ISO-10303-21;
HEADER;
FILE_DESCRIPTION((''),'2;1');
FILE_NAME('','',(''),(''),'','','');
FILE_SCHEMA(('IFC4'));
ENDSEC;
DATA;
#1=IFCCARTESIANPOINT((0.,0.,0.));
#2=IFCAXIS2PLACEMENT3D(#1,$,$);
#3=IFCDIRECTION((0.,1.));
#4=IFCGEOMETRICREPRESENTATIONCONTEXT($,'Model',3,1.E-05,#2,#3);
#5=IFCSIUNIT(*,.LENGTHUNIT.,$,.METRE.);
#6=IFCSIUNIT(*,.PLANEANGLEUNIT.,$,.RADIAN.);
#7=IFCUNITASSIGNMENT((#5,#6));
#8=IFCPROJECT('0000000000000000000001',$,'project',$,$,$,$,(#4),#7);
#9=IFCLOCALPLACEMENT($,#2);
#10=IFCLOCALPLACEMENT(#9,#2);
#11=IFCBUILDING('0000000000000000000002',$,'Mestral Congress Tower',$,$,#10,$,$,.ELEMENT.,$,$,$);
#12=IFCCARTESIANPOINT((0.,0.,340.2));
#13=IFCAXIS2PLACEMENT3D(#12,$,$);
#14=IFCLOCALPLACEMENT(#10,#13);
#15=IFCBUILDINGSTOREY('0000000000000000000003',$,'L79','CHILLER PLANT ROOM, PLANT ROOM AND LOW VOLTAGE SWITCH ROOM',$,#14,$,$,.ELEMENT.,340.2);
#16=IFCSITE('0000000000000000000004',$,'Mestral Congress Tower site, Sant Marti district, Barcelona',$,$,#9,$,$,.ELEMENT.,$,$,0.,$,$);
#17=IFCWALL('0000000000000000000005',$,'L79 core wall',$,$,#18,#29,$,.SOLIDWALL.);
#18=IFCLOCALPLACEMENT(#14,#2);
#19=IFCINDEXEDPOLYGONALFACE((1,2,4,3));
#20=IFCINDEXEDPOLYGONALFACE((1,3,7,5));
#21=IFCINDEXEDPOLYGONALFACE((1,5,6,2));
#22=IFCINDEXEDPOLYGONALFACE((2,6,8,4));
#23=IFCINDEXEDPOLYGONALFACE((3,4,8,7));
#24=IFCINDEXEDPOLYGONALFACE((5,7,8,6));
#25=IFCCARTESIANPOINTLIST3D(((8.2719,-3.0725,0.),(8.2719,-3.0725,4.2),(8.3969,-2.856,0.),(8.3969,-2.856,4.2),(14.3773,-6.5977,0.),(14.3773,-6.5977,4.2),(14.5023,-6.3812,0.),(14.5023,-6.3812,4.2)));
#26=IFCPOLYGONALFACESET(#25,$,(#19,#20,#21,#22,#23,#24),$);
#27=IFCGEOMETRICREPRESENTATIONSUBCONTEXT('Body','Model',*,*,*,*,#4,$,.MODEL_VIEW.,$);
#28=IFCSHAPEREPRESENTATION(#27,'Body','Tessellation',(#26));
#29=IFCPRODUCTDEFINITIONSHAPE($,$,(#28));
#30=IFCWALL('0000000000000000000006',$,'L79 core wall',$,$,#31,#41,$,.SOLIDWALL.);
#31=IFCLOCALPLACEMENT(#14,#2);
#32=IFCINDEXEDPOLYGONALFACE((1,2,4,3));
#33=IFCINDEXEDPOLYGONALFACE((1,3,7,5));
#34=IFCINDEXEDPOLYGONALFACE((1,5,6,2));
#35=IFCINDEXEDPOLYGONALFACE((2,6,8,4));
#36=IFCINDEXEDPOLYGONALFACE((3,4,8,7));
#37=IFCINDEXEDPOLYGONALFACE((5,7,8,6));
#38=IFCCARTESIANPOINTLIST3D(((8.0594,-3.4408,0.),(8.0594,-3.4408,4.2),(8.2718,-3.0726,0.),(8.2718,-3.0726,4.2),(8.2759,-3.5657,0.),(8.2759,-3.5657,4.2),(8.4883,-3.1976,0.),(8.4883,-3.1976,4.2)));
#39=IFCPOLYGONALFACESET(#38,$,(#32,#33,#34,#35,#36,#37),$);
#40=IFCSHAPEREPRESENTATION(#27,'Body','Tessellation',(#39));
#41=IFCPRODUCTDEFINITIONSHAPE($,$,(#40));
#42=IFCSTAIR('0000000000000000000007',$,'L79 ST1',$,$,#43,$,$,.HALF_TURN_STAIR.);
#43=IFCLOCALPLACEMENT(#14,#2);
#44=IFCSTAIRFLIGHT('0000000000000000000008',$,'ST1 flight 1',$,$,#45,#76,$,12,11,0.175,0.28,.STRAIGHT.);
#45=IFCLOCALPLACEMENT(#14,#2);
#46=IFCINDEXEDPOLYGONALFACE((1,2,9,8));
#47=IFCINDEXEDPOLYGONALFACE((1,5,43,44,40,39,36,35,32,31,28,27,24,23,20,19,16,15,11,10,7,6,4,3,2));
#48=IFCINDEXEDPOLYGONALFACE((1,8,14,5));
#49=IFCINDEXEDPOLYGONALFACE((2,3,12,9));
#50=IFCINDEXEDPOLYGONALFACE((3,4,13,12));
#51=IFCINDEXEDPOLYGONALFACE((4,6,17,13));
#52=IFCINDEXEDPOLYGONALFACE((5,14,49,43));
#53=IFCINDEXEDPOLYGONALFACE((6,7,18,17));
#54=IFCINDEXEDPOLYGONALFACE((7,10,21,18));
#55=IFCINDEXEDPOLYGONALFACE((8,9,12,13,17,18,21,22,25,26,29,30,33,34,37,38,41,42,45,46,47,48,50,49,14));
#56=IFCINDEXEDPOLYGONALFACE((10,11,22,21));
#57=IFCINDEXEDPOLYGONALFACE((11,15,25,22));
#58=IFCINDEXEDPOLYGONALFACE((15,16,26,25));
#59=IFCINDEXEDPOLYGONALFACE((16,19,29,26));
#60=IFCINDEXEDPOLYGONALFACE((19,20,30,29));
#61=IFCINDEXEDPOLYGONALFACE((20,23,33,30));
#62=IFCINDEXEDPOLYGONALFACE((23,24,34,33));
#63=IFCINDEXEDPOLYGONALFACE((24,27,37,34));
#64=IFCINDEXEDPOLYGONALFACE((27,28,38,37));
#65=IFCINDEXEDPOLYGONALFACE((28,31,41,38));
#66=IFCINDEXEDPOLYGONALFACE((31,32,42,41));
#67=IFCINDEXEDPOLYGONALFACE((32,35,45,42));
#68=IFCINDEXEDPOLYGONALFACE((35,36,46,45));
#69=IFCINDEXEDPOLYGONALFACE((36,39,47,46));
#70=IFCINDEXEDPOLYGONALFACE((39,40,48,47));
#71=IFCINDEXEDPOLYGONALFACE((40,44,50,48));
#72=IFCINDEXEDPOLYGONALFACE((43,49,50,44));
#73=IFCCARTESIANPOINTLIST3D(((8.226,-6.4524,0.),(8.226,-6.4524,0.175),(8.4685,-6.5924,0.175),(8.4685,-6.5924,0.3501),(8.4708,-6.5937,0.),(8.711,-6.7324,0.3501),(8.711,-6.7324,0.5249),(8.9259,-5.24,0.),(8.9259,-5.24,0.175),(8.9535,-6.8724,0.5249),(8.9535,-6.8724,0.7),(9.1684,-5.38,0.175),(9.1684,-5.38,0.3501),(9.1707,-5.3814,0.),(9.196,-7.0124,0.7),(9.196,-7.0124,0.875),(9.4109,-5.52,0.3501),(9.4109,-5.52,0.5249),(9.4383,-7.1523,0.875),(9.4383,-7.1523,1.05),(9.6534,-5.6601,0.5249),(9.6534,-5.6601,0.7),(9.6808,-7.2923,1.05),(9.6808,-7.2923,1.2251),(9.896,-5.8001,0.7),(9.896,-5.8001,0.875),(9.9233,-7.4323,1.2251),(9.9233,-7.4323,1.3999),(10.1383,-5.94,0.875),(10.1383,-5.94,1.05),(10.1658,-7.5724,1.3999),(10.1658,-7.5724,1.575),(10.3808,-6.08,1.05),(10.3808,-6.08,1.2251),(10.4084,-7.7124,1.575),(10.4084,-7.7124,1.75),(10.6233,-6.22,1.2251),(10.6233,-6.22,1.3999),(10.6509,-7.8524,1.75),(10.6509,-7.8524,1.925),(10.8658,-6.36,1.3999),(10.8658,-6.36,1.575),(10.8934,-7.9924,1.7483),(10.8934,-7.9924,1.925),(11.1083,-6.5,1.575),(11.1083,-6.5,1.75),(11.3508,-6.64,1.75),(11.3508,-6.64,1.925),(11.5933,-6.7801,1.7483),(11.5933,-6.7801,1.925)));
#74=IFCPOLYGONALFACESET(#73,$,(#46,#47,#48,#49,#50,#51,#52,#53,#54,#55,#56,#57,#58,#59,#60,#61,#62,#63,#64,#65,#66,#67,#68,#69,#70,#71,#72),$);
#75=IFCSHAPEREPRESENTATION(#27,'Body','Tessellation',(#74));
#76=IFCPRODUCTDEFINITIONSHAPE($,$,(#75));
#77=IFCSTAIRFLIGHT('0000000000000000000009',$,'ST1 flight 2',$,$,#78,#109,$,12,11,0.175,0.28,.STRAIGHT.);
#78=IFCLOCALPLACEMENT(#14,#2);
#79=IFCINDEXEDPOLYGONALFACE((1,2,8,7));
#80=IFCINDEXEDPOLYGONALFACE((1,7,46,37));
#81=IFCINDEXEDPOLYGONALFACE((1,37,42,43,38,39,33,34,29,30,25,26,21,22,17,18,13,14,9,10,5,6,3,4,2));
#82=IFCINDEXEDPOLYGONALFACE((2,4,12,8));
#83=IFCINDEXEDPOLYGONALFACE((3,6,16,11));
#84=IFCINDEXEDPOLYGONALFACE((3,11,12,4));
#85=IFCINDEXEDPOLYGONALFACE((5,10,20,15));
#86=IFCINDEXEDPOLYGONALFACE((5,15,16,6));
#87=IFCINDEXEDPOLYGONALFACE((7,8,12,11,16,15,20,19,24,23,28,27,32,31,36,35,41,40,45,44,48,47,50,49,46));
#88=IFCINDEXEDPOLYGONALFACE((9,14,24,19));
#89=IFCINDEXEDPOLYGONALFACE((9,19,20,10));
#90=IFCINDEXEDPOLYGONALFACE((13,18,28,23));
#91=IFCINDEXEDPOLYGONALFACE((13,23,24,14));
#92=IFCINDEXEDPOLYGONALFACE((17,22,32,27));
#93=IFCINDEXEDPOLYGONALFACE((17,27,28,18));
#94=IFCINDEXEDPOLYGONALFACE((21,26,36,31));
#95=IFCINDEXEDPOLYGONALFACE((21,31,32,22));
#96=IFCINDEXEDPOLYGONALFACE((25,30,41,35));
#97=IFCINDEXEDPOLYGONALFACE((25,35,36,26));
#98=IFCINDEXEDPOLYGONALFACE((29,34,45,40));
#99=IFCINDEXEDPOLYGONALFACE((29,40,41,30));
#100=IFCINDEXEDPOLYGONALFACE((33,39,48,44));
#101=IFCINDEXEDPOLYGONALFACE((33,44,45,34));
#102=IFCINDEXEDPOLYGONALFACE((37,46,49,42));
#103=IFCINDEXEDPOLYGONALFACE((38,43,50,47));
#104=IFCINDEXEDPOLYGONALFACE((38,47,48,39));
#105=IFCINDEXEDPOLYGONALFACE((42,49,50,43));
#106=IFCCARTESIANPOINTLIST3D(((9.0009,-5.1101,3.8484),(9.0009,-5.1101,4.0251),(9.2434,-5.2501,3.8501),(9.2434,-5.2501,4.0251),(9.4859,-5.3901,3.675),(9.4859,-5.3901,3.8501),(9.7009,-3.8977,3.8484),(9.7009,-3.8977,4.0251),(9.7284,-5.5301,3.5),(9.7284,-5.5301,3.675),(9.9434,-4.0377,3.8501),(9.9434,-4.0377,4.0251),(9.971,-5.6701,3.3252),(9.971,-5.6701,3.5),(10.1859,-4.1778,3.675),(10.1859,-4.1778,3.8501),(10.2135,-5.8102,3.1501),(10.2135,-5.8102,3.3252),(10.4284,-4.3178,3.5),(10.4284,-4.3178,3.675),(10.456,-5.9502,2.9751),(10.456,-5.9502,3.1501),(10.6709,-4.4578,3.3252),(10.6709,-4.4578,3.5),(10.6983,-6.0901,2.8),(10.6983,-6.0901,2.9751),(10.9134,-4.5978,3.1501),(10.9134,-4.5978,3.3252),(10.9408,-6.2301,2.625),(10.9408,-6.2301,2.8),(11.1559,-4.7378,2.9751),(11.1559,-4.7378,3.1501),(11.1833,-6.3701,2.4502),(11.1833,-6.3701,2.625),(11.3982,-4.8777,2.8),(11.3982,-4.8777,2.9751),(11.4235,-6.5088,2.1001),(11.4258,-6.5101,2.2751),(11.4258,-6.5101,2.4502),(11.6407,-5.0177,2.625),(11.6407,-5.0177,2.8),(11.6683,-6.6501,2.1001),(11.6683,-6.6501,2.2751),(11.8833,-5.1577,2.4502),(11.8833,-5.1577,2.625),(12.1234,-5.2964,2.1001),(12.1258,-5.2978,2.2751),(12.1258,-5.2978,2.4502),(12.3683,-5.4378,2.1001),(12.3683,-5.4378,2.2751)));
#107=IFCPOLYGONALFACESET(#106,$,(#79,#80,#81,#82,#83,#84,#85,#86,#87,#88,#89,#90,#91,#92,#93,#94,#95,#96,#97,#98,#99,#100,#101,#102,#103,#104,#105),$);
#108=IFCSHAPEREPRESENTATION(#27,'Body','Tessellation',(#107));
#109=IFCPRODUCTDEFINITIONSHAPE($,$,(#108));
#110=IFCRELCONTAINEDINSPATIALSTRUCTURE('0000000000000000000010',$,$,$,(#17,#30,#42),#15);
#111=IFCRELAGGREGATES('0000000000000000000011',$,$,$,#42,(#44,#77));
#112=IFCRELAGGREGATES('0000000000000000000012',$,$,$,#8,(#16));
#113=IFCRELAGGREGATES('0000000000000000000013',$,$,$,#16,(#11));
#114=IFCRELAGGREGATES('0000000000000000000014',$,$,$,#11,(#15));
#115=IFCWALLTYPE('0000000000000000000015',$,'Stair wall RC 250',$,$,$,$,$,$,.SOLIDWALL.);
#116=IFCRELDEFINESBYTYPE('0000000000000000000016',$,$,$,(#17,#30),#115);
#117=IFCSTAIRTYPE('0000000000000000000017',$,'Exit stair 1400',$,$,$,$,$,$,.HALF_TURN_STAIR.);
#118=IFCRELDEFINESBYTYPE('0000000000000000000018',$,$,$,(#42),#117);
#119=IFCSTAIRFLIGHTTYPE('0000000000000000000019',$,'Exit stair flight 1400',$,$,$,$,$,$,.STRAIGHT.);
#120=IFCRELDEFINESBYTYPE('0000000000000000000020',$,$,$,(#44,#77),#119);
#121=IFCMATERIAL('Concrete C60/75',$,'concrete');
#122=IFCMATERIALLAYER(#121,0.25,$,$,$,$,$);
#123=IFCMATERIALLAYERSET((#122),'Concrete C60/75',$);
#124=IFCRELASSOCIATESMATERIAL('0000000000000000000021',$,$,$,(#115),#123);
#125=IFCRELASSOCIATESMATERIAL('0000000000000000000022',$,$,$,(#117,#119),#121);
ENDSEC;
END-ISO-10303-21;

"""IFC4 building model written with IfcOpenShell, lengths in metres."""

from ifc_helpers import new_model, si_unit, direction, frame, frame_2d, origin, place, context, subcontext, project, spatial, polyline, rectangle, outline, extrude, material, layer, layer_set, type_object, element, aggregate, save


model = new_model("IFC4")

# Units and contexts
model_context = context("Model", 3, precision=1e-05, world=origin(), true_north=direction((0.0, 1.0)))
body_context = subcontext(model_context, "Body", "Model", "MODEL_VIEW")
ifc_project = project(units=[si_unit("LENGTHUNIT", "METRE"), si_unit("PLANEANGLEUNIT", "RADIAN")], contexts=[model_context])

# Site, building, storey
site_placement = place(None, origin())
site = spatial("IfcSite", under=ifc_project, at=site_placement, Name="Mestral Congress Tower site, Sant Marti district, Barcelona", CompositionType="ELEMENT", RefElevation=0.0)
building_placement = place(site_placement, origin())
building = spatial("IfcBuilding", under=site, at=building_placement, Name="Mestral Congress Tower", CompositionType="ELEMENT")
storey_placement = place(building_placement, frame((0.0, 0.0, 340.2)))
storey = spatial("IfcBuildingStorey", under=building, at=storey_placement, Name="L79", Description="CHILLER PLANT ROOM, PLANT ROOM AND LOW VOLTAGE SWITCH ROOM", CompositionType="ELEMENT", Elevation=340.2)

# Shared definitions
ifc_material_1 = material(Name="Concrete C60/75", Category="concrete")

# Walls
ifc_layer_1 = layer(ifc_material_1, 0.25)
ifc_layer_set_1 = layer_set([ifc_layer_1], Name="Concrete C60/75")
wall_type_1 = type_object("IfcWallType", Name="Stair wall RC 250", PredefinedType="SOLIDWALL", material=ifc_layer_set_1)
wall_1_placement = place(storey_placement, frame((8.3345, -2.9644, 0.0), z_axis=(0.0, 0.0, 1.0), x_axis=(0.866016, -0.500016, 0.0)))
element("IfcWall", 1, at=wall_1_placement, inside=storey, type_object=wall_type_1, Name="L79 core wall", PredefinedType="SOLIDWALL", context=body_context, shape_type="SweptSolid", body=[
    extrude(rectangle(XDim=7.05, YDim=0.25, at=frame_2d((3.5249, 0.0))), origin(), (0.0, 0.0, 1.0), 4.2),
])
wall_2_placement = place(storey_placement, frame((8.1677, -3.5032, 0.0), z_axis=(0.0, 0.0, 1.0), x_axis=(0.499722, 0.866186, 0.0)))
element("IfcWall", 2, at=wall_2_placement, inside=storey, type_object=wall_type_1, Name="L79 core wall", PredefinedType="SOLIDWALL", context=body_context, shape_type="SweptSolid", body=[
    extrude(rectangle(XDim=0.425, YDim=0.25, at=frame_2d((0.2124, 0.0))), origin(), (0.0, 0.0, 1.0), 4.2),
])

# Stair, stair flights
stair_type = type_object("IfcStairType", Name="Exit stair 1400", PredefinedType="HALF_TURN_STAIR", material=ifc_material_1)
stair_placement = place(storey_placement, origin())
stair = element("IfcStair", 3, at=stair_placement, inside=storey, type_object=stair_type, Name="L79 ST1", PredefinedType="HALF_TURN_STAIR")
stair_flight_type = type_object("IfcStairFlightType", Name="Exit stair flight 1400", PredefinedType="STRAIGHT", material=ifc_material_1)
stair_flight_1_placement = place(storey_placement, frame((8.5759, -5.8462, 0.0), z_axis=(0.0, 0.0, 1.0), x_axis=(0.866025, -0.5, 0.0)))
stair_flight_1 = element("IfcStairFlight", 4, at=stair_flight_1_placement, type_object=stair_flight_type, Name="ST1 flight 1", NumberOfRisers=12, NumberOfTreads=11, PredefinedType="STRAIGHT", RiserHeight=0.175, TreadLength=0.28, context=body_context, shape_type="SweptSolid", body=[
    extrude(outline(polyline([(0.0, 0.0), (0.0, 0.175), (0.28, 0.175), (0.28, 0.3501), (0.5601, 0.3501), (0.5601, 0.5249), (0.8401, 0.5249), (0.8401, 0.7), (1.1201, 0.7), (1.1201, 0.875), (1.3999, 0.875), (1.3999, 1.05), (1.6799, 1.05), (1.6799, 1.2251), (1.96, 1.2251), (1.96, 1.3999), (2.24, 1.3999), (2.24, 1.575), (2.52, 1.575), (2.52, 1.75), (2.8, 1.75), (2.8, 1.925), (3.0801, 1.925), (3.0801, 2.1001), (3.0801, 1.7483), (0.2827, 0.0), (0.0, 0.0)])), frame((0.0, 0.7, 0.0), z_axis=(0.0, -1.0, 0.0), x_axis=(1.0, 0.0, 0.0)), (0.0, 0.0, 1.0), 1.3999),
])
stair_flight_2_placement = place(storey_placement, frame((12.0183, -6.0439, 2.1001), z_axis=(0.0, 0.0, 1.0), x_axis=(-0.866025, 0.5, 0.0)))
stair_flight_2 = element("IfcStairFlight", 5, at=stair_flight_2_placement, type_object=stair_flight_type, Name="ST1 flight 2", NumberOfRisers=12, NumberOfTreads=11, PredefinedType="STRAIGHT", RiserHeight=0.175, TreadLength=0.28, context=body_context, shape_type="SweptSolid", body=[
    extrude(outline(polyline([(0.0, 0.0), (0.0, 0.175), (0.28, 0.175), (0.28, 0.3501), (0.5601, 0.3501), (0.5601, 0.5249), (0.8401, 0.5249), (0.8401, 0.7), (1.1201, 0.7), (1.1201, 0.875), (1.3999, 0.875), (1.3999, 1.05), (1.6799, 1.05), (1.6799, 1.2251), (1.96, 1.2251), (1.96, 1.3999), (2.24, 1.3999), (2.24, 1.575), (2.52, 1.575), (2.52, 1.75), (2.8, 1.75), (2.8, 1.925), (3.0801, 1.925), (3.0801, 2.1001), (3.0801, 1.7483), (0.2827, 0.0), (0.0, 0.0)])), frame((0.0, 0.7, 0.0), z_axis=(0.0, -1.0, 0.0), x_axis=(1.0, 0.0, 0.0)), (0.0, 0.0, 1.0), 1.3999),
])
aggregate(stair, [stair_flight_1, stair_flight_2])

save(model, "model.ifc")
